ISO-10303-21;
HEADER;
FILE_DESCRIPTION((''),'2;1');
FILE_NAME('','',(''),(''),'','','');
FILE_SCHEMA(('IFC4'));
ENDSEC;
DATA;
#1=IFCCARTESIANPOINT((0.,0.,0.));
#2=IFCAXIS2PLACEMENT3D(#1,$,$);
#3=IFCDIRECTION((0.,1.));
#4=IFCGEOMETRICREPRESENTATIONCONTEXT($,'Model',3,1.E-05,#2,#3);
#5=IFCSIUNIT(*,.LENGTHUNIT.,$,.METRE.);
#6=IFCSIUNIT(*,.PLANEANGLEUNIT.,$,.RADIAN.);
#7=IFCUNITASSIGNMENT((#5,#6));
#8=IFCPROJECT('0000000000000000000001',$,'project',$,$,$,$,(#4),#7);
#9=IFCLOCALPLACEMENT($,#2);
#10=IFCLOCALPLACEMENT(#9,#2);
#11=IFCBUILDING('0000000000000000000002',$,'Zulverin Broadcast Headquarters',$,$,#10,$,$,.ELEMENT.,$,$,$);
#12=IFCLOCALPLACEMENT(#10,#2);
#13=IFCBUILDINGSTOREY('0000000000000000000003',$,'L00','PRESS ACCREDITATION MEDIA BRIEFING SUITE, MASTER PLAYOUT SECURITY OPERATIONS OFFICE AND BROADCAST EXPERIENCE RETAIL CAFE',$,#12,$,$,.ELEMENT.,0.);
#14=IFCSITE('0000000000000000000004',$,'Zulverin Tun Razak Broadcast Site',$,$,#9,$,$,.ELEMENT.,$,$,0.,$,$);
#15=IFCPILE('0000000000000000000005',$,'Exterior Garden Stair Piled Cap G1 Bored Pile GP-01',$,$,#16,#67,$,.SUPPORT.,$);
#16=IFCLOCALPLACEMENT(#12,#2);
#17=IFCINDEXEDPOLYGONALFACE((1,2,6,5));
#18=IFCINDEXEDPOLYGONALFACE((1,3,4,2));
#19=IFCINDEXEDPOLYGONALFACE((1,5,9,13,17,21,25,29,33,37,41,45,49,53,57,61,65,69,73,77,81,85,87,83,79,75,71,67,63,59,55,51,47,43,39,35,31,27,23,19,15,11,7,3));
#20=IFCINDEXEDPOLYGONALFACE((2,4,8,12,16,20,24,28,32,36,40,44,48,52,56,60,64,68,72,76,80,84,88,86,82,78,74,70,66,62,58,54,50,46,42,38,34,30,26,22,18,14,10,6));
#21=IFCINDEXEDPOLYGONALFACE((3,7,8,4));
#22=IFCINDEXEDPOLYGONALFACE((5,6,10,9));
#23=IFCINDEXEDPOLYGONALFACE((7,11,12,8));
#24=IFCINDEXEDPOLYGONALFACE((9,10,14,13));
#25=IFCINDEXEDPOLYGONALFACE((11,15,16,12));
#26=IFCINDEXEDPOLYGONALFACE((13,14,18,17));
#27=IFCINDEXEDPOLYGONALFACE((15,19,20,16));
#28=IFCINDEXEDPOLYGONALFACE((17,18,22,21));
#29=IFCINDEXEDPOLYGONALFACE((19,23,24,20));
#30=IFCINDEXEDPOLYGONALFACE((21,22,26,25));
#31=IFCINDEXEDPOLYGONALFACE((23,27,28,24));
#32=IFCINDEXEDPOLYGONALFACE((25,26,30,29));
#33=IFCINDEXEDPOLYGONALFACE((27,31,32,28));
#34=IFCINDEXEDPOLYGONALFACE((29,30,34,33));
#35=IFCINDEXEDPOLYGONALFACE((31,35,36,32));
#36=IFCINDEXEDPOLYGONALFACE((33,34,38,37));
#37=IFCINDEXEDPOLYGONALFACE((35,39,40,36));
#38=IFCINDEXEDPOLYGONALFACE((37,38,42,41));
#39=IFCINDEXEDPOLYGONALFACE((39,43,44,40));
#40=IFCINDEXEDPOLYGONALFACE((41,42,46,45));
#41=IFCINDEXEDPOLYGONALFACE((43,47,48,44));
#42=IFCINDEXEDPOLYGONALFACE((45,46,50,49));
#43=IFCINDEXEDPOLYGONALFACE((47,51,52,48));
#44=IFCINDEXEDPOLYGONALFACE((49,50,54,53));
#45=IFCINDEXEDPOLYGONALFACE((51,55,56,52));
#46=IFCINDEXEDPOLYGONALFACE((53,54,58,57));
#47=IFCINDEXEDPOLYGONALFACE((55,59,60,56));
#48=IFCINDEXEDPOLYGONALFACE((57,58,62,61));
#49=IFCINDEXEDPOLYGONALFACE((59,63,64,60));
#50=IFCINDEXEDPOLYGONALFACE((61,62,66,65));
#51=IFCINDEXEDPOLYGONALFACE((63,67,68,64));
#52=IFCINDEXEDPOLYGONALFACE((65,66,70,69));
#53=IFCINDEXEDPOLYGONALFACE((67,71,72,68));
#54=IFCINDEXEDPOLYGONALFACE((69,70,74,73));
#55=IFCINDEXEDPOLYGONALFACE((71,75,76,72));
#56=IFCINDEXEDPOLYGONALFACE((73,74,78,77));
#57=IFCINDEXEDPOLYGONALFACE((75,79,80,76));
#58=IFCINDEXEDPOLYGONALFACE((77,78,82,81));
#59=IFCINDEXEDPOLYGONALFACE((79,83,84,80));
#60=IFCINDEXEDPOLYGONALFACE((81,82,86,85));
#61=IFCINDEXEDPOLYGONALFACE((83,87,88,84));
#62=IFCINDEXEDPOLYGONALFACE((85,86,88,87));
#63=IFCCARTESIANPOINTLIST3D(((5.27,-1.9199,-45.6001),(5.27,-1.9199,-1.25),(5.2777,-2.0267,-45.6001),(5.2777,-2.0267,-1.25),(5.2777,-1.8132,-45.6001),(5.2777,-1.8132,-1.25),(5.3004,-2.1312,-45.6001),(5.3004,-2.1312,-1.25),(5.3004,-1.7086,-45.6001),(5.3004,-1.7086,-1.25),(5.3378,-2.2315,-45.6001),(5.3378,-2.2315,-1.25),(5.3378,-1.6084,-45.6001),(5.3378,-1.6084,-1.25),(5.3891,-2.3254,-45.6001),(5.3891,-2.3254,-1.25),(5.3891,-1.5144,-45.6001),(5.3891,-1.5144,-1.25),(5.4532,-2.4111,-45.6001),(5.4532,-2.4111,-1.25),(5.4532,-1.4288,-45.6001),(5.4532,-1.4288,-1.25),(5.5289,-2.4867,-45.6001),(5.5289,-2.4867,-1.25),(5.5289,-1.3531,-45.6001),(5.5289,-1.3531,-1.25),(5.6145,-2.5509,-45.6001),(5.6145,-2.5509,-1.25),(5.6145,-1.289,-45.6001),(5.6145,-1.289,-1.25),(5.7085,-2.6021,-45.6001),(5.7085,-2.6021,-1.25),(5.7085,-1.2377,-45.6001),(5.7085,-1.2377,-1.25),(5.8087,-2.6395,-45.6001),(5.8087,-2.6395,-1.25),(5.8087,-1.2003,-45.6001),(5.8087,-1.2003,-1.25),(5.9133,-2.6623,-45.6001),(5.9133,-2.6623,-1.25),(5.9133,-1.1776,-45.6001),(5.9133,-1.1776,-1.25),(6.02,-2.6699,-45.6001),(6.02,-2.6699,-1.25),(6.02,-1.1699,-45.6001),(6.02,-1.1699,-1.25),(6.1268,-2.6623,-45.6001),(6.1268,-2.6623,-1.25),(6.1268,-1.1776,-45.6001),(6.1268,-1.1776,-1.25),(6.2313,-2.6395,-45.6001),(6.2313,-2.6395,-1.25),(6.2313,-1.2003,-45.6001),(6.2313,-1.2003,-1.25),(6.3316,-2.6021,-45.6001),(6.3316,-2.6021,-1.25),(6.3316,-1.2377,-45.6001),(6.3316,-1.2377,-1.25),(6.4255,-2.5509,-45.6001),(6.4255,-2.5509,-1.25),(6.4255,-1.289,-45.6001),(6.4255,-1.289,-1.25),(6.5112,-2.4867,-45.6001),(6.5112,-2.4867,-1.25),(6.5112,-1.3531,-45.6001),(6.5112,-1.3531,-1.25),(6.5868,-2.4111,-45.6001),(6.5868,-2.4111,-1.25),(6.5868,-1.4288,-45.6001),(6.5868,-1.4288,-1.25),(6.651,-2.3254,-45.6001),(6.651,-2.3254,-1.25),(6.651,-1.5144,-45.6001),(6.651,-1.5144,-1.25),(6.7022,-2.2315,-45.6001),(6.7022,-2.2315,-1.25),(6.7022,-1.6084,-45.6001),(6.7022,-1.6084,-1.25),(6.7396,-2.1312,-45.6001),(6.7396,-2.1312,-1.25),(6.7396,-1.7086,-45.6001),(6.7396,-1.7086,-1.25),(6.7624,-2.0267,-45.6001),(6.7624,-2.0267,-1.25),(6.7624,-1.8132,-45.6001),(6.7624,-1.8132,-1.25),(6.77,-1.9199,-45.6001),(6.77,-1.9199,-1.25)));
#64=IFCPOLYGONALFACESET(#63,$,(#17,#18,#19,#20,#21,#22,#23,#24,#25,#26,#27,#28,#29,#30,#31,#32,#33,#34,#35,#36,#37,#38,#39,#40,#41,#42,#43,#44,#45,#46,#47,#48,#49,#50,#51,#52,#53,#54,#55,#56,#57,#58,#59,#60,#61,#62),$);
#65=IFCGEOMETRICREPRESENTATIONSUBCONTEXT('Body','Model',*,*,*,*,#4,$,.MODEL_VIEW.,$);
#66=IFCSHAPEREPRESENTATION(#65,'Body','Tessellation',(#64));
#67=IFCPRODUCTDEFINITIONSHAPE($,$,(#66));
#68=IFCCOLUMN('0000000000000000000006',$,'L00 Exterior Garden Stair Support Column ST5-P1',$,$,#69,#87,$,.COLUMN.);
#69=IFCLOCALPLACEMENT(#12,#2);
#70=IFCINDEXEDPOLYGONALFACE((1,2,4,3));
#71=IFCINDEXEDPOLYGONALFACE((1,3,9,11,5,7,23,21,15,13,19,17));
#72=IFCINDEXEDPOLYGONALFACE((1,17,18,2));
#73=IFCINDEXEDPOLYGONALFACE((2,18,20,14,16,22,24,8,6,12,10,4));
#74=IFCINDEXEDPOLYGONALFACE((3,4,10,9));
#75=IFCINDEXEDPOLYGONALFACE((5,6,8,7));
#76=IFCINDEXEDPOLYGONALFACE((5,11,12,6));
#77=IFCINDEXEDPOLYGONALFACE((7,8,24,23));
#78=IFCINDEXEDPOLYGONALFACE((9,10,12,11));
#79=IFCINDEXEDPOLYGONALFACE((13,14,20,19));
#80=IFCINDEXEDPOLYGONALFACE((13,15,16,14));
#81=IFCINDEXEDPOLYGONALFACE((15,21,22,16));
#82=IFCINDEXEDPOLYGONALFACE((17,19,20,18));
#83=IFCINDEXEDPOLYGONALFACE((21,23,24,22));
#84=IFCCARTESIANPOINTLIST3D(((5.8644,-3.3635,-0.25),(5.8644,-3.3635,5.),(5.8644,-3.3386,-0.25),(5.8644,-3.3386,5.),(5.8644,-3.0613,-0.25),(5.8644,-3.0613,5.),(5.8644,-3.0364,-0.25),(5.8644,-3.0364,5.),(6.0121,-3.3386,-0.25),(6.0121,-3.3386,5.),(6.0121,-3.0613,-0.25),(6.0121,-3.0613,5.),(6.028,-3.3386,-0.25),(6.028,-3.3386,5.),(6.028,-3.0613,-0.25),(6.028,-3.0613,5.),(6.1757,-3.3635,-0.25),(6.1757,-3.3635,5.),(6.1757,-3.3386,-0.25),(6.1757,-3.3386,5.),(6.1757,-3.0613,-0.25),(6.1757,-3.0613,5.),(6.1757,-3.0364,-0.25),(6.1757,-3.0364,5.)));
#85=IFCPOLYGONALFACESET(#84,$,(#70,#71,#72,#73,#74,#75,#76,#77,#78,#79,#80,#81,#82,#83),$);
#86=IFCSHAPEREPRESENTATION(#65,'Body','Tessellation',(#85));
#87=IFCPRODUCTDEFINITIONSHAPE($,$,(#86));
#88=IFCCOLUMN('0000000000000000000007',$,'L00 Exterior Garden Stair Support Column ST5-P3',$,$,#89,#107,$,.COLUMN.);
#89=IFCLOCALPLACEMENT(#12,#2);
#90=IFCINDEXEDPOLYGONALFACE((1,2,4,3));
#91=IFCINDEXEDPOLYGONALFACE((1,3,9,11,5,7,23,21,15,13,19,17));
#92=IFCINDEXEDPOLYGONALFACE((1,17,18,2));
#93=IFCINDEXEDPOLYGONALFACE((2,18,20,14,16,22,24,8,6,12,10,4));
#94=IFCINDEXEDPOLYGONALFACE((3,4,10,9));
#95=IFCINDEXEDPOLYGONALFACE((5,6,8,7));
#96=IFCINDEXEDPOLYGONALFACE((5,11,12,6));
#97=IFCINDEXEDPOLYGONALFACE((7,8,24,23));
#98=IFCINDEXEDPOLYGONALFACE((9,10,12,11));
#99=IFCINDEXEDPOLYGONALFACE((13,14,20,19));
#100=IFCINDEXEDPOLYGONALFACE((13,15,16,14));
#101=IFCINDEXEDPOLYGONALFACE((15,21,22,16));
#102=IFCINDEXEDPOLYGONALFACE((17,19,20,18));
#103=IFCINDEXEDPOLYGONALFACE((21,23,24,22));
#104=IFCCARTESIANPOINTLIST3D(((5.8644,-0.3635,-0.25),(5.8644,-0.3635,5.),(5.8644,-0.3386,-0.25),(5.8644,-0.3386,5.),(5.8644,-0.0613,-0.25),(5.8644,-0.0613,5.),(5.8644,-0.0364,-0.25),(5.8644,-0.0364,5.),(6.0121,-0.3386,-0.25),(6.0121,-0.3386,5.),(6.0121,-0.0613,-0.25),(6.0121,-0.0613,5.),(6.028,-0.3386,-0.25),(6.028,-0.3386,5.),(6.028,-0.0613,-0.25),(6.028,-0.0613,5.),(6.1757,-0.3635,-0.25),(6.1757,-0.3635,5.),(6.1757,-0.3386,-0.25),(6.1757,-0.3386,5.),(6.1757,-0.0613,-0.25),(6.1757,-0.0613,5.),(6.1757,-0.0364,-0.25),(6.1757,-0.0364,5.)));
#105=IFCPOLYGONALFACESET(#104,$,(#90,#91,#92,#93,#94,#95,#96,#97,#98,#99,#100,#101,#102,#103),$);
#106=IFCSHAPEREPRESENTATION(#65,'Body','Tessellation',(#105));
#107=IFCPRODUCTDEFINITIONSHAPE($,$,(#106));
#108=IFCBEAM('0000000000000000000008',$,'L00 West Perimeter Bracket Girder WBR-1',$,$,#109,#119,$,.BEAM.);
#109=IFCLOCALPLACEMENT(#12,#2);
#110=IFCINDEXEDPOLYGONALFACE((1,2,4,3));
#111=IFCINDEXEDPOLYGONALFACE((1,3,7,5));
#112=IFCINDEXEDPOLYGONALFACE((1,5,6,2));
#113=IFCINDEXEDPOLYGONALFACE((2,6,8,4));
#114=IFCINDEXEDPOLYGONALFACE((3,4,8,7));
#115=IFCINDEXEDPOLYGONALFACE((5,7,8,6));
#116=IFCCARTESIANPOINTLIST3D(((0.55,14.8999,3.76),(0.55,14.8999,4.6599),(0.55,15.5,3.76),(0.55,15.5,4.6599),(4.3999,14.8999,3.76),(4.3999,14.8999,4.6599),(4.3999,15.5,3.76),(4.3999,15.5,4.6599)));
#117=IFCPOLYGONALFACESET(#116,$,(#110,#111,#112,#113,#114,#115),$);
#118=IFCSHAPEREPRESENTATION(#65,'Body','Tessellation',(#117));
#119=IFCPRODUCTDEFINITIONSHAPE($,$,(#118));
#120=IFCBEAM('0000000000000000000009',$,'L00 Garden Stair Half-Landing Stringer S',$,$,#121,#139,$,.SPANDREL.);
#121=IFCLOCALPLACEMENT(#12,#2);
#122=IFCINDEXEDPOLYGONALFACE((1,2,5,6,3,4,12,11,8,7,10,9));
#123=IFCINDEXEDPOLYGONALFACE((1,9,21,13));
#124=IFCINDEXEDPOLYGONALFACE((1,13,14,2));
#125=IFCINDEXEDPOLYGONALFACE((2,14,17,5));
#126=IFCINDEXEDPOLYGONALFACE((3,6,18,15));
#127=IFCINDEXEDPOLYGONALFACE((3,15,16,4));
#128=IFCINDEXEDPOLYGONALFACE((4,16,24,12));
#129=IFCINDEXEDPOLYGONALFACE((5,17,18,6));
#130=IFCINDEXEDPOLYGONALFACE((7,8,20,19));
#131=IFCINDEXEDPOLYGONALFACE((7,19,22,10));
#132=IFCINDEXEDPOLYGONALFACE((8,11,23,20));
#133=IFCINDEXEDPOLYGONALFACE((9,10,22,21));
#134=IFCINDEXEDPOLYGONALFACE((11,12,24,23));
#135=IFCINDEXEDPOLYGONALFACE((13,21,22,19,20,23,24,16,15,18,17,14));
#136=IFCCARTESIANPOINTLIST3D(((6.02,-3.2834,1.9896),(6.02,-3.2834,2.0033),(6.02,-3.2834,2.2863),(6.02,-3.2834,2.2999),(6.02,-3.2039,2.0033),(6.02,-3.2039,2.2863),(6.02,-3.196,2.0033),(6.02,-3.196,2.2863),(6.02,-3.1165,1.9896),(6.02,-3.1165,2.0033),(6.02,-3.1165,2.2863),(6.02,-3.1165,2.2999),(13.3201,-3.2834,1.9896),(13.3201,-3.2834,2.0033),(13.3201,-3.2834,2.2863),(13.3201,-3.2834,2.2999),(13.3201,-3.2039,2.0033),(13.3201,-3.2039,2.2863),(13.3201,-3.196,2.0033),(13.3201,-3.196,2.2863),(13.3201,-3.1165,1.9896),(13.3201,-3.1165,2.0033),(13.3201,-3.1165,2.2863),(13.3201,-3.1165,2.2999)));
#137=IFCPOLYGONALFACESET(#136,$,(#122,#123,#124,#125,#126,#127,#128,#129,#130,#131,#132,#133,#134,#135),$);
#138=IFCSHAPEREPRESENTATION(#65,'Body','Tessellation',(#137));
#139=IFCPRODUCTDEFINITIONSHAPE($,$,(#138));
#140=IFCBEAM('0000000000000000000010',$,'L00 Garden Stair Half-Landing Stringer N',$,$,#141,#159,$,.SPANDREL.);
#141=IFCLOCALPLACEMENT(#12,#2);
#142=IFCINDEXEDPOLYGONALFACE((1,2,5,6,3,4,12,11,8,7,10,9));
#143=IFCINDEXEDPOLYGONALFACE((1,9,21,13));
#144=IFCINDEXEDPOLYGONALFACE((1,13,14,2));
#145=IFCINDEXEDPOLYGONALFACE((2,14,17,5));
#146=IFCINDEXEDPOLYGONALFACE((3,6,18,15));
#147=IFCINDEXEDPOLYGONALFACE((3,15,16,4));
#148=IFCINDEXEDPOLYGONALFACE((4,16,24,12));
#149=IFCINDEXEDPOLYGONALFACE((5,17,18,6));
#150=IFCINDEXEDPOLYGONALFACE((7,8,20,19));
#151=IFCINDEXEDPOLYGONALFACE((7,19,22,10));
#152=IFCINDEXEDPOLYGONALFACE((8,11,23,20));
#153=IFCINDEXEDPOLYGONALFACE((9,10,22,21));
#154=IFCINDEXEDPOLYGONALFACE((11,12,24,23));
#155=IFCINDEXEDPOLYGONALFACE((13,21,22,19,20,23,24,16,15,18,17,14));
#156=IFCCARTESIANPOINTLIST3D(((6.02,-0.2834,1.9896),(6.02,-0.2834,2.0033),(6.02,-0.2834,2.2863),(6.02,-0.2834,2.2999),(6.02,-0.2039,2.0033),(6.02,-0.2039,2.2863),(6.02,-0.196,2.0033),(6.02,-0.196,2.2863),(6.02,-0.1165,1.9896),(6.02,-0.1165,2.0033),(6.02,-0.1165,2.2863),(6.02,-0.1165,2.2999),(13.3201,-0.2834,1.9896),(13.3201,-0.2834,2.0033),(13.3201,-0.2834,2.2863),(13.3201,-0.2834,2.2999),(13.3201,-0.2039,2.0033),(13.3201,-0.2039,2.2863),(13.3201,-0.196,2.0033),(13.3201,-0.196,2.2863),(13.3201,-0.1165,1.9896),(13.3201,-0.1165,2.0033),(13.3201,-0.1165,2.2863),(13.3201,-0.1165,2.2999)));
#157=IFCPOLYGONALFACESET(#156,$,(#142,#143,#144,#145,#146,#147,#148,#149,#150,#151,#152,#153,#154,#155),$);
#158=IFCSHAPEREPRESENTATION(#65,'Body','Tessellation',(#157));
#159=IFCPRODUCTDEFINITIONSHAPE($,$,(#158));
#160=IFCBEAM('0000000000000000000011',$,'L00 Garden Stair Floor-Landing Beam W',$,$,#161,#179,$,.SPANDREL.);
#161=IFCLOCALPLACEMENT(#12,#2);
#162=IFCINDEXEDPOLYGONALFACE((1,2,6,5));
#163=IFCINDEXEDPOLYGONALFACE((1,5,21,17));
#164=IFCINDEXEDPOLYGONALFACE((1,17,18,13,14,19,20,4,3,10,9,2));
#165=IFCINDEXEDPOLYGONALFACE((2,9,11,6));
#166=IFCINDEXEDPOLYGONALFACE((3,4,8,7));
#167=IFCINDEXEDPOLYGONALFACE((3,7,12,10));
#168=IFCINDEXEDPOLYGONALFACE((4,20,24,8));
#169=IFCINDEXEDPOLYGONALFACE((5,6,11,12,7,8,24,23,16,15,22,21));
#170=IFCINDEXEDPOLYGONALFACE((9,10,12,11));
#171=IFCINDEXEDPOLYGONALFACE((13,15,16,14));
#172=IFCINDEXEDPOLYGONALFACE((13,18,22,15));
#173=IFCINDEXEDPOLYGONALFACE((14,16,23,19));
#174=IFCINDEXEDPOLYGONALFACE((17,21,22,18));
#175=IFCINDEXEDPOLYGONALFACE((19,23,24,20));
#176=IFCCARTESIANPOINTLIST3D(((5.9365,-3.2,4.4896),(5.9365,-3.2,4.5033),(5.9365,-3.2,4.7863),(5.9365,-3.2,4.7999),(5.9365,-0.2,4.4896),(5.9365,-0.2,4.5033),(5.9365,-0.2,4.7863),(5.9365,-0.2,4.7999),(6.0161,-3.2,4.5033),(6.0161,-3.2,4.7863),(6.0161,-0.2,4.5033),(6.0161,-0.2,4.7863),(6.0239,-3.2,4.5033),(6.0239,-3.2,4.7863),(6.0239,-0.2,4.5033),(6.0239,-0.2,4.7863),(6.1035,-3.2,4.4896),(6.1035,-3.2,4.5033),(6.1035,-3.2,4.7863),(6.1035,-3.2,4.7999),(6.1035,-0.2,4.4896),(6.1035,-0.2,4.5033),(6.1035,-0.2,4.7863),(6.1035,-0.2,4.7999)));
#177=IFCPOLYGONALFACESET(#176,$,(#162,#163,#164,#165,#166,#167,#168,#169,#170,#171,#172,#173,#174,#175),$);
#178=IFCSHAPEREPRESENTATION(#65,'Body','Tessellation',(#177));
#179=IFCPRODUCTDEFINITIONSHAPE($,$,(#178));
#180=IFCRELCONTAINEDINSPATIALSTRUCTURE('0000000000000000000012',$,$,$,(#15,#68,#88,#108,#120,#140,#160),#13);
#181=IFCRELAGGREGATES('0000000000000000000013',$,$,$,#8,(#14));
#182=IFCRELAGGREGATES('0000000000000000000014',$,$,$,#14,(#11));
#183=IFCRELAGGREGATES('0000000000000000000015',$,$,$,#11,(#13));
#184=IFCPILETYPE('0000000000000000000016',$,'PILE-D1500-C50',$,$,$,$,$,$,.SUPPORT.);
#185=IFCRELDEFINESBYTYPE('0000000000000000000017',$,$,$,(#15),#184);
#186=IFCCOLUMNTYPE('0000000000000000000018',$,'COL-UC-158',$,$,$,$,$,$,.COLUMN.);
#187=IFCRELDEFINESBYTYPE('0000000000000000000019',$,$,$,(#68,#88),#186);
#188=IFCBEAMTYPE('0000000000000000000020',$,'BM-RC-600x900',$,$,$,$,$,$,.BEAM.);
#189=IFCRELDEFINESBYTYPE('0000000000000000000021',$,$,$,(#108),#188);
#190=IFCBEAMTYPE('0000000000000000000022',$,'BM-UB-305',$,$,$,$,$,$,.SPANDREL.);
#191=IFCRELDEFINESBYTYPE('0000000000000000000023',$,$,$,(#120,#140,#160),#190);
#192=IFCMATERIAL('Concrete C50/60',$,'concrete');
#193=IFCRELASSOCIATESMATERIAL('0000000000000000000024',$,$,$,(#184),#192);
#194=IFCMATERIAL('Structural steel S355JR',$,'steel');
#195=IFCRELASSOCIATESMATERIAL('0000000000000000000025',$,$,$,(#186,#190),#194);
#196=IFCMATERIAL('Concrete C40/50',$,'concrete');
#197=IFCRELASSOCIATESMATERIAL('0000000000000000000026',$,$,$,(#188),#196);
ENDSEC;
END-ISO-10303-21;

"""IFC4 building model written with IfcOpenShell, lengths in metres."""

from ifc_helpers import new_model, si_unit, direction, frame, origin, origin_2d, place, context, subcontext, project, spatial, rectangle, circle, i_section, extrude, material, material_profile, profile_set, type_object, element, save


model = new_model("IFC4")

# Units and contexts
model_context = context("Model", 3, precision=1e-05, world=origin(), true_north=direction((0.0, 1.0)))
body_context = subcontext(model_context, "Body", "Model", "MODEL_VIEW")
ifc_project = project(units=[si_unit("LENGTHUNIT", "METRE"), si_unit("PLANEANGLEUNIT", "RADIAN")], contexts=[model_context])

# Site, building, storey
site_placement = place(None, origin())
site = spatial("IfcSite", under=ifc_project, at=site_placement, Name="Zulverin Tun Razak Broadcast Site", CompositionType="ELEMENT", RefElevation=0.0)
building_placement = place(site_placement, origin())
building = spatial("IfcBuilding", under=site, at=building_placement, Name="Zulverin Broadcast Headquarters", CompositionType="ELEMENT")
storey_placement = place(building_placement, origin())
storey = spatial("IfcBuildingStorey", under=building, at=storey_placement, Name="L00", Description="PRESS ACCREDITATION MEDIA BRIEFING SUITE, MASTER PLAYOUT SECURITY OPERATIONS OFFICE AND BROADCAST EXPERIENCE RETAIL CAFE", CompositionType="ELEMENT", Elevation=0.0)

# Pile
ifc_material_1 = material(Name="Concrete C50/60", Category="concrete")
ifc_material_profile_1 = material_profile(ifc_material_1, circle(Radius=0.75, at=origin_2d()), Name="Concrete C50/60", Category="concrete")
ifc_profile_set_1 = profile_set([ifc_material_profile_1], Name="Concrete C50/60")
pile_type = type_object("IfcPileType", Name="PILE-D1500-C50", PredefinedType="SUPPORT", material=ifc_profile_set_1)
pile_placement = place(storey_placement, frame((6.02, -1.9199, -1.25), z_axis=(0.0, 0.0, -1.0), x_axis=(1.0, 0.0, 0.0)))
element("IfcPile", 1, at=pile_placement, inside=storey, type_object=pile_type, Name="Exterior Garden Stair Piled Cap G1 Bored Pile GP-01", PredefinedType="SUPPORT", context=body_context, shape_type="SweptSolid", body=[
    extrude(circle(Radius=0.75, at=origin_2d()), origin(), (0.0, 0.0, 1.0), 44.3501),
])

# Columns
ifc_material_2 = material(Name="Structural steel S355JR", Category="steel")
ifc_material_profile_2 = material_profile(ifc_material_2, i_section(OverallWidth=0.3113, OverallDepth=0.3271, WebThickness=0.0159, FlangeThickness=0.0249, at=origin_2d()), Name="Structural steel S355JR", Category="steel")
ifc_profile_set_2 = profile_set([ifc_material_profile_2], Name="Structural steel S355JR")
column_type = type_object("IfcColumnType", Name="COL-UC-158", PredefinedType="COLUMN", material=ifc_profile_set_2)
for number, where, z_axis, x_axis, name in (
    (2, (6.02, -3.2, -0.25), (0.0, 0.0, 1.0), (1.0, 0.0, 0.0), "L00 Exterior Garden Stair Support Column ST5-P1"),
    (3, (6.02, -0.2, -0.25), (0.0, 0.0, 1.0), (1.0, 0.0, 0.0), "L00 Exterior Garden Stair Support Column ST5-P3"),
):
    element("IfcColumn", number, at=place(storey_placement, frame(where, z_axis=z_axis, x_axis=x_axis)), inside=storey, type_object=column_type, Name=name, PredefinedType="COLUMN", context=body_context, shape_type="SweptSolid", body=[
        extrude(i_section(OverallWidth=0.3113, OverallDepth=0.3271, WebThickness=0.0159, FlangeThickness=0.0249, at=origin_2d()), origin(), (0.0, 0.0, 1.0), 5.25),
    ])

# Beams
ifc_material_3 = material(Name="Concrete C40/50", Category="concrete")
ifc_material_profile_3 = material_profile(ifc_material_3, rectangle(XDim=0.6001, YDim=0.8999, at=origin_2d()), Name="Concrete C40/50", Category="concrete")
ifc_profile_set_3 = profile_set([ifc_material_profile_3], Name="Concrete C40/50")
beam_type_1 = type_object("IfcBeamType", Name="BM-RC-600x900", PredefinedType="BEAM", material=ifc_profile_set_3)
beam_1_placement = place(storey_placement, frame((4.3999, 15.2, 4.21), z_axis=(-1.0, 0.0, 0.0), x_axis=(0.0, -1.0, 0.0)))
element("IfcBeam", 4, at=beam_1_placement, inside=storey, type_object=beam_type_1, Name="L00 West Perimeter Bracket Girder WBR-1", PredefinedType="BEAM", context=body_context, shape_type="SweptSolid", body=[
    extrude(rectangle(XDim=0.6001, YDim=0.8999, at=origin_2d()), origin(), (0.0, 0.0, 1.0), 3.8499),
])
ifc_material_profile_4 = material_profile(ifc_material_2, i_section(OverallWidth=0.167, OverallDepth=0.3103, WebThickness=0.0078, FlangeThickness=0.0137, at=origin_2d()), Name="Structural steel S355JR", Category="steel")
ifc_profile_set_4 = profile_set([ifc_material_profile_4], Name="Structural steel S355JR")
beam_type_2 = type_object("IfcBeamType", Name="BM-UB-305", PredefinedType="SPANDREL", material=ifc_profile_set_4)
for number, where, z_axis, x_axis, name in (
    (5, (6.02, -3.2, 2.1448), (1.0, 0.0, 0.0), (0.0, 1.0, 0.0), "L00 Garden Stair Half-Landing Stringer S"),
    (6, (6.02, -0.2, 2.1448), (1.0, 0.0, 0.0), (0.0, 1.0, 0.0), "L00 Garden Stair Half-Landing Stringer N"),
):
    element("IfcBeam", number, at=place(storey_placement, frame(where, z_axis=z_axis, x_axis=x_axis)), inside=storey, type_object=beam_type_2, Name=name, PredefinedType="SPANDREL", context=body_context, shape_type="SweptSolid", body=[
        extrude(i_section(OverallWidth=0.167, OverallDepth=0.3103, WebThickness=0.0078, FlangeThickness=0.0137, at=origin_2d()), origin(), (0.0, 0.0, 1.0), 7.3),
    ])
beam_2_placement = place(storey_placement, frame((6.02, -3.2, 4.6448), z_axis=(0.0, 1.0, 0.0), x_axis=(-1.0, 0.0, 0.0)))
element("IfcBeam", 7, at=beam_2_placement, inside=storey, type_object=beam_type_2, Name="L00 Garden Stair Floor-Landing Beam W", PredefinedType="SPANDREL", context=body_context, shape_type="SweptSolid", body=[
    extrude(i_section(OverallWidth=0.167, OverallDepth=0.3103, WebThickness=0.0078, FlangeThickness=0.0137, at=origin_2d()), origin(), (0.0, 0.0, 1.0), 3.0),
])

save(model, "model.ifc")
